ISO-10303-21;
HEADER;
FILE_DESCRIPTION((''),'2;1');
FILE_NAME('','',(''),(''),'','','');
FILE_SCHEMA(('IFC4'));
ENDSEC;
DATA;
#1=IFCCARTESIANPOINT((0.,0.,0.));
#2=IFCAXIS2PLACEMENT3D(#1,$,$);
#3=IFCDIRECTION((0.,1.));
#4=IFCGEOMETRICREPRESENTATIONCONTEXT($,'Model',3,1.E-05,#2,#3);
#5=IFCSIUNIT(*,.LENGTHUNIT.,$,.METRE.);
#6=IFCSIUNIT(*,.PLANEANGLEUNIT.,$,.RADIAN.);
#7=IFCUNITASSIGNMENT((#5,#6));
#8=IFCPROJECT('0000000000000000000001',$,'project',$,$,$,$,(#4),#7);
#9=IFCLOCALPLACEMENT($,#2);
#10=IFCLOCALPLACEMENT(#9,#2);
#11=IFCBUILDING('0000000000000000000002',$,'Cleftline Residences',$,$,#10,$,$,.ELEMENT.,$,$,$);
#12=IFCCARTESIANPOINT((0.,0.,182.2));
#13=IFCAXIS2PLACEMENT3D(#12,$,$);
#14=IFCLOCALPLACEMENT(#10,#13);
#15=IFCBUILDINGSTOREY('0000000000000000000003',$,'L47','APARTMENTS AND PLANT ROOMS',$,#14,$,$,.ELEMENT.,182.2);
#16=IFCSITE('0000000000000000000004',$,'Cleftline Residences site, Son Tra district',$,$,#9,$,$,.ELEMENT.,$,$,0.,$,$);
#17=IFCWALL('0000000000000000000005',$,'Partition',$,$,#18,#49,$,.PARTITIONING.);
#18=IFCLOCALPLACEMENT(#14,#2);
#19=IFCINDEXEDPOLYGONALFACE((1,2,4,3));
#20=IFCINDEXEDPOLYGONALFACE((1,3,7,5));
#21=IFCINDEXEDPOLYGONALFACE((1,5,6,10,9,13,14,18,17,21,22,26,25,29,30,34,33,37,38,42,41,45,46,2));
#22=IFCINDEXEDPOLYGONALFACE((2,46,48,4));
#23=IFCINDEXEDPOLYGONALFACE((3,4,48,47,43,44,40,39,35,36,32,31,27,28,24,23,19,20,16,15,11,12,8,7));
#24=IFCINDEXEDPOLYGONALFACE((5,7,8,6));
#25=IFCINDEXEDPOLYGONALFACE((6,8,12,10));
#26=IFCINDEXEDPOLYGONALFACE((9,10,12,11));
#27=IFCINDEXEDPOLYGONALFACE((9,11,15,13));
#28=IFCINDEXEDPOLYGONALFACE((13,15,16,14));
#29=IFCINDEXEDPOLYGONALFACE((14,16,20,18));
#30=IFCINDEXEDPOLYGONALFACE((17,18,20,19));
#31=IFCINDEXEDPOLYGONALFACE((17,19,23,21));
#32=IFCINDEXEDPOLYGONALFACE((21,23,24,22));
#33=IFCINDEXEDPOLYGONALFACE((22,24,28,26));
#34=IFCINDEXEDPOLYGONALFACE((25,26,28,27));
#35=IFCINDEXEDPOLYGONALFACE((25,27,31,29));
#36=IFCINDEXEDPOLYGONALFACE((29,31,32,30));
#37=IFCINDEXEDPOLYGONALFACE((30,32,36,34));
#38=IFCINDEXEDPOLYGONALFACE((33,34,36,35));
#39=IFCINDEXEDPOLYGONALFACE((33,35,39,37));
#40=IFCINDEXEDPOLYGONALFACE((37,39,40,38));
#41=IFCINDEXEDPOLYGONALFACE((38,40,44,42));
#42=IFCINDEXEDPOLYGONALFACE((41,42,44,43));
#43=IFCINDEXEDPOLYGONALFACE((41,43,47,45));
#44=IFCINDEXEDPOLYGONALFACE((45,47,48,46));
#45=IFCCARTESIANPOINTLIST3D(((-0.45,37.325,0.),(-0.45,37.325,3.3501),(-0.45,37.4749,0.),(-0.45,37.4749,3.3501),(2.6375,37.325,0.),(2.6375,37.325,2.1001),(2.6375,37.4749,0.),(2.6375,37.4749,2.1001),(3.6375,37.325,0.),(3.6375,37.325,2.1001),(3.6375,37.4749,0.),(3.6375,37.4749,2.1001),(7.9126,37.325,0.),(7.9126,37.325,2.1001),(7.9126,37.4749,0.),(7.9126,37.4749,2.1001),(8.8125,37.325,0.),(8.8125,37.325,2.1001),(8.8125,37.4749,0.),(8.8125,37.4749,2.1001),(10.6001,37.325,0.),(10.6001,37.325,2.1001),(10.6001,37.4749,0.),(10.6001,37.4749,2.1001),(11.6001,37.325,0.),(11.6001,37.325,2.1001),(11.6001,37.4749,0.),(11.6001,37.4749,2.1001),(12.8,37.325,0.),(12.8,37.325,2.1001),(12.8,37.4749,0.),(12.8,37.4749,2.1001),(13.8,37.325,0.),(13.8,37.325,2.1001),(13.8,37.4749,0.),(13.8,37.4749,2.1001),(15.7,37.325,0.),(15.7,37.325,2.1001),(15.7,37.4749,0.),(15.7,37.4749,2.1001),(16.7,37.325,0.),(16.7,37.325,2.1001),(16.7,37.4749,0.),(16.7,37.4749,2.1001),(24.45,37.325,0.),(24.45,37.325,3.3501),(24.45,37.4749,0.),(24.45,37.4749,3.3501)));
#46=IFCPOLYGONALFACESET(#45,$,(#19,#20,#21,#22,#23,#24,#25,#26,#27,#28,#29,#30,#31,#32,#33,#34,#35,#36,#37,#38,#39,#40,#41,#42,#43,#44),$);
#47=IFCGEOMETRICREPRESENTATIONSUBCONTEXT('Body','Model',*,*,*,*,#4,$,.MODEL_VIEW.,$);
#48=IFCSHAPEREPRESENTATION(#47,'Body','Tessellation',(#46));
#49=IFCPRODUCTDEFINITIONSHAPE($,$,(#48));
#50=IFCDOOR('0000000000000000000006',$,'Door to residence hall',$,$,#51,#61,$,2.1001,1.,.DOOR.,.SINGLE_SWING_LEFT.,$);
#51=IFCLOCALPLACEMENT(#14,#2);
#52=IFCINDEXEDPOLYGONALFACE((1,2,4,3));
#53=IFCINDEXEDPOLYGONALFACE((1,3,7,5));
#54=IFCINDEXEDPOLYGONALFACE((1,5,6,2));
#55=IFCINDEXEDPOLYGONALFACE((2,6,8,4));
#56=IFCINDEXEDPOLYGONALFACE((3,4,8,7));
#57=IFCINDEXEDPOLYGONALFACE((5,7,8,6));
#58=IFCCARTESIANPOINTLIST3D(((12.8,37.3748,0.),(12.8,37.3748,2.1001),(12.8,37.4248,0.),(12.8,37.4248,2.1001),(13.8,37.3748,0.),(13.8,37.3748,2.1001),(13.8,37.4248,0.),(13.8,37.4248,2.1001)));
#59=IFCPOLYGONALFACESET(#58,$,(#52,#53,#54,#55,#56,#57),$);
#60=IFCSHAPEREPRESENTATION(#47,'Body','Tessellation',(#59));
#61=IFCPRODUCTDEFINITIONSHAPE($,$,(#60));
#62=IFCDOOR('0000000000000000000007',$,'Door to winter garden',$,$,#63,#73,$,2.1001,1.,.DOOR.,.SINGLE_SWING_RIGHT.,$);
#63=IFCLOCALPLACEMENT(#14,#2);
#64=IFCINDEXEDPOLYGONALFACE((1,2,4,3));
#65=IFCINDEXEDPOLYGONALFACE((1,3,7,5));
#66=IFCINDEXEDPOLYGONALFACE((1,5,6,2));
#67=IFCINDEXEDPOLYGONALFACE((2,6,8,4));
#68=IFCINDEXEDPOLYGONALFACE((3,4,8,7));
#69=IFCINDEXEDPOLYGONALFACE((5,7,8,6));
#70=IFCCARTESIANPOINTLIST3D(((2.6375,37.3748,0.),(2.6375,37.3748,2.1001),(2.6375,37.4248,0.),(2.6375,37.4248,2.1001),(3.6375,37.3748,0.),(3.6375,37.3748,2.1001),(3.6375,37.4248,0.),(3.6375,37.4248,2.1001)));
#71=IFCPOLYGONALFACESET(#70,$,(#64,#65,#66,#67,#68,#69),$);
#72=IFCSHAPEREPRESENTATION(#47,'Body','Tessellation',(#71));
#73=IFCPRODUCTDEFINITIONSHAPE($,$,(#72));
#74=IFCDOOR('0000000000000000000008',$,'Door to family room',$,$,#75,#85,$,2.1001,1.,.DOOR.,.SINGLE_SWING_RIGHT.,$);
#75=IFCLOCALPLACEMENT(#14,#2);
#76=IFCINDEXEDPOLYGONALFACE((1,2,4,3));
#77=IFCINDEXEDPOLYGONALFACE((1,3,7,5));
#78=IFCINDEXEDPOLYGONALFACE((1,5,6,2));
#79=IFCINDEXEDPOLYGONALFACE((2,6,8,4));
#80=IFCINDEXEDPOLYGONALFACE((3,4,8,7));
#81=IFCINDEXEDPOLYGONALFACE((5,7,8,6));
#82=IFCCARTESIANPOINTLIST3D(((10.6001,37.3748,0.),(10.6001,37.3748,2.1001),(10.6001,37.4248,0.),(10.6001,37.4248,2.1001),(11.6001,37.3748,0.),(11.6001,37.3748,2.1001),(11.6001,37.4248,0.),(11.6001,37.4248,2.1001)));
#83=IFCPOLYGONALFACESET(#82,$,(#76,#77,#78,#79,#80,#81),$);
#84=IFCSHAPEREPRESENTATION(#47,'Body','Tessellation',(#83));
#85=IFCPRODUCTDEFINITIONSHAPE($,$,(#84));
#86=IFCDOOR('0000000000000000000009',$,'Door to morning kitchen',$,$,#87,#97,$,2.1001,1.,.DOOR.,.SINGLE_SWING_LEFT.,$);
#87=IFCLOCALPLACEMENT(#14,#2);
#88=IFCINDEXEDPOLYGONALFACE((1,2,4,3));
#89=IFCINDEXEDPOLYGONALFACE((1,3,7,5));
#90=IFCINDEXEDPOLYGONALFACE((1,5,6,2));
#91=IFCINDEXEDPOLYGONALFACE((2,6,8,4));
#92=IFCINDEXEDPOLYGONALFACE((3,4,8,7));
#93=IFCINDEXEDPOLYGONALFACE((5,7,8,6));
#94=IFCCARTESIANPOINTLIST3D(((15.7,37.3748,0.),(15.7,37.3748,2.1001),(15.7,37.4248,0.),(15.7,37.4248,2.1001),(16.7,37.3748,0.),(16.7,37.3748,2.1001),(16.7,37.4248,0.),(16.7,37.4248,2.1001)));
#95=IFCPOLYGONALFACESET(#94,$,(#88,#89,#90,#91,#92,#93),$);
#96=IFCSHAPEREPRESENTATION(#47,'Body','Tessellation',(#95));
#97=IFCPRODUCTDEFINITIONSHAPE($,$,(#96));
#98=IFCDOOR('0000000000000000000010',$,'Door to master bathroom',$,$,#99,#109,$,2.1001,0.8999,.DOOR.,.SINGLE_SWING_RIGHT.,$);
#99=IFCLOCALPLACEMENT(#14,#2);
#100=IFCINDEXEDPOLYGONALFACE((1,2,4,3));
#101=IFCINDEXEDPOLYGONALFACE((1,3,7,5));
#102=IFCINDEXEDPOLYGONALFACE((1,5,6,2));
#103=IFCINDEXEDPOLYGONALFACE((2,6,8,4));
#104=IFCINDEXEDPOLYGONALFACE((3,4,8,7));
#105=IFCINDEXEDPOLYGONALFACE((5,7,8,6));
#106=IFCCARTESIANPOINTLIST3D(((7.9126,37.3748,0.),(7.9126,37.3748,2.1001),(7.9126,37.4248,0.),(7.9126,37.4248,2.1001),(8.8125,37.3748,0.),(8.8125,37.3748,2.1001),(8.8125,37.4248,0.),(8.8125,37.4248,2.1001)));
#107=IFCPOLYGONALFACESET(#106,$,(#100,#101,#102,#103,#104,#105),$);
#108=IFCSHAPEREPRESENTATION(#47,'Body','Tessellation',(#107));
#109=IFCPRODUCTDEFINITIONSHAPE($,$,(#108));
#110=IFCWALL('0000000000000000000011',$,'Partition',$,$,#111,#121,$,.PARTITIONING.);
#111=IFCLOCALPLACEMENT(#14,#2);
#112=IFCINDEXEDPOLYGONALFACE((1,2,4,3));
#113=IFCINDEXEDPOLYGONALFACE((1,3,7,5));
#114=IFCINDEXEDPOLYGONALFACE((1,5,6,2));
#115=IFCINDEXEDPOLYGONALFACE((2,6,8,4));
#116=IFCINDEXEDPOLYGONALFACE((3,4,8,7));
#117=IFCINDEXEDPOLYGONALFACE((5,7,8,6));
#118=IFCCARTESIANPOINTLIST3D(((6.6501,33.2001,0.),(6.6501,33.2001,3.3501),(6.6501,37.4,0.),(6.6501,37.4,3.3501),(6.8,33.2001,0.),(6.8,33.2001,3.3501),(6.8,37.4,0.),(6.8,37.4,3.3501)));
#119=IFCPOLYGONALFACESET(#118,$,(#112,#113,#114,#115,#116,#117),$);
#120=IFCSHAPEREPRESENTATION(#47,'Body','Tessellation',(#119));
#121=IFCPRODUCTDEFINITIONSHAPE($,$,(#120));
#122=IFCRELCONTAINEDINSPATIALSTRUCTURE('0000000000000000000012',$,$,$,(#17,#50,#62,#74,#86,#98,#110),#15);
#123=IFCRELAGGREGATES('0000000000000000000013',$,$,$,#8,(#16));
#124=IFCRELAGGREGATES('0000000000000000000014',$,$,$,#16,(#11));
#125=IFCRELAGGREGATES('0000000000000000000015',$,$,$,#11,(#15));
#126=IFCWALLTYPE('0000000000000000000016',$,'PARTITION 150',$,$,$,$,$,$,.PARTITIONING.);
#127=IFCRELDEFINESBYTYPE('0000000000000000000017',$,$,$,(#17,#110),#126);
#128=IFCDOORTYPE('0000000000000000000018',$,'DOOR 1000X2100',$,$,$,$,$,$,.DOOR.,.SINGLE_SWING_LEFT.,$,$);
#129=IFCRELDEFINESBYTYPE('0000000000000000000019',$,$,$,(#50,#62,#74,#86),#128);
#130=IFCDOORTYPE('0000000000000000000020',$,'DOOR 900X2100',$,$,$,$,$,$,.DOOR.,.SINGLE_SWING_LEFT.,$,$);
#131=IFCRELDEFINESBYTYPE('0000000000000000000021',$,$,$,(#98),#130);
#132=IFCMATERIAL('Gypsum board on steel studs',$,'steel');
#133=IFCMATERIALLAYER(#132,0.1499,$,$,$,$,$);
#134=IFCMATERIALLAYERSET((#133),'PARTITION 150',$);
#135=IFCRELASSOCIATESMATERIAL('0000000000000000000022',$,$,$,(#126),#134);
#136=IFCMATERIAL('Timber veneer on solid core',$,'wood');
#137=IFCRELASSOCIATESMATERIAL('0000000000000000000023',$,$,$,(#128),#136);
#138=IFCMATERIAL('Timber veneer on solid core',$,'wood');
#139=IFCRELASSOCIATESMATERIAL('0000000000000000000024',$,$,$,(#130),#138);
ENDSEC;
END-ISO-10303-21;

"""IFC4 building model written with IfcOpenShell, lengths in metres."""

from ifc_helpers import new_model, si_unit, direction, frame, frame_2d, origin, place, context, subcontext, project, spatial, rectangle, extrude, material, layer, layer_set, type_object, element, fill, save


model = new_model("IFC4")

# Units and contexts
model_context = context("Model", 3, precision=1e-05, world=origin(), true_north=direction((0.0, 1.0)))
body_context = subcontext(model_context, "Body", "Model", "MODEL_VIEW")
ifc_project = project(units=[si_unit("LENGTHUNIT", "METRE"), si_unit("PLANEANGLEUNIT", "RADIAN")], contexts=[model_context])

# Site, building, storey
site_placement = place(None, origin())
site = spatial("IfcSite", under=ifc_project, at=site_placement, Name="Cleftline Residences site, Son Tra district", CompositionType="ELEMENT", RefElevation=0.0)
building_placement = place(site_placement, origin())
building = spatial("IfcBuilding", under=site, at=building_placement, Name="Cleftline Residences", CompositionType="ELEMENT")
storey_placement = place(building_placement, frame((0.0, 0.0, 182.2)))
storey = spatial("IfcBuildingStorey", under=building, at=storey_placement, Name="L47", Description="APARTMENTS AND PLANT ROOMS", CompositionType="ELEMENT", Elevation=182.2)

# Shared definitions
ifc_material_1 = material(Name="Gypsum board on steel studs", Category="steel")
ifc_layer = layer(ifc_material_1, 0.1499)
ifc_layer_set = layer_set([ifc_layer], Name="PARTITION 150")
wall_type = type_object("IfcWallType", Name="PARTITION 150", PredefinedType="PARTITIONING", material=ifc_layer_set)

# Wall, openings, doors
wall_1_placement = place(storey_placement, frame((-0.45, 37.3999, 0.0), z_axis=(0.0, 0.0, 1.0), x_axis=(1.0, 0.0, 0.0)))
wall_1 = element("IfcWall", 1, at=wall_1_placement, inside=storey, type_object=wall_type, Name="Partition", PredefinedType="PARTITIONING", context=body_context, shape_type="SweptSolid", body=[
    extrude(rectangle(XDim=24.8999, YDim=0.1499, at=frame_2d((12.45, 0.0))), origin(), (0.0, 0.0, 1.0), 3.3501),
])
opening_1_placement = place(wall_1_placement, frame((13.25, 0.0, 0.0)))
opening_1 = element("IfcOpeningElement", 2, at=opening_1_placement, cuts=wall_1, PredefinedType="OPENING", context=body_context, shape_type="SweptSolid", body=[
    extrude(rectangle(XDim=1.0, YDim=2.1001, at=frame_2d((0.5, 1.05))), frame((0.0, 0.085, 0.0), z_axis=(0.0, -1.0, 0.0), x_axis=(1.0, 0.0, 0.0)), (0.0, 0.0, 1.0), 0.1699),
])
opening_2_placement = place(wall_1_placement, frame((3.0874, 0.0, 0.0)))
opening_2 = element("IfcOpeningElement", 3, at=opening_2_placement, cuts=wall_1, PredefinedType="OPENING", context=body_context, shape_type="SweptSolid", body=[
    extrude(rectangle(XDim=1.0, YDim=2.1001, at=frame_2d((0.5, 1.05))), frame((0.0, 0.085, 0.0), z_axis=(0.0, -1.0, 0.0), x_axis=(1.0, 0.0, 0.0)), (0.0, 0.0, 1.0), 0.1699),
])
opening_3_placement = place(wall_1_placement, frame((8.3625, 0.0, 0.0)))
opening_3 = element("IfcOpeningElement", 4, at=opening_3_placement, cuts=wall_1, PredefinedType="OPENING", context=body_context, shape_type="SweptSolid", body=[
    extrude(rectangle(XDim=0.8999, YDim=2.1001, at=frame_2d((0.45, 1.05))), frame((0.0, 0.085, 0.0), z_axis=(0.0, -1.0, 0.0), x_axis=(1.0, 0.0, 0.0)), (0.0, 0.0, 1.0), 0.1699),
])
opening_4_placement = place(wall_1_placement, frame((11.05, 0.0, 0.0)))
opening_4 = element("IfcOpeningElement", 5, at=opening_4_placement, cuts=wall_1, PredefinedType="OPENING", context=body_context, shape_type="SweptSolid", body=[
    extrude(rectangle(XDim=1.0, YDim=2.1001, at=frame_2d((0.5, 1.05))), frame((0.0, 0.085, 0.0), z_axis=(0.0, -1.0, 0.0), x_axis=(1.0, 0.0, 0.0)), (0.0, 0.0, 1.0), 0.1699),
])
opening_5_placement = place(wall_1_placement, frame((16.1499, 0.0, 0.0)))
opening_5 = element("IfcOpeningElement", 6, at=opening_5_placement, cuts=wall_1, PredefinedType="OPENING", context=body_context, shape_type="SweptSolid", body=[
    extrude(rectangle(XDim=1.0, YDim=2.1001, at=frame_2d((0.5, 1.05))), frame((0.0, 0.085, 0.0), z_axis=(0.0, -1.0, 0.0), x_axis=(1.0, 0.0, 0.0)), (0.0, 0.0, 1.0), 0.1699),
])
ifc_material_2 = material(Name="Timber veneer on solid core", Category="wood")
door_type_1 = type_object("IfcDoorType", Name="DOOR 1000X2100", OperationType="SINGLE_SWING_LEFT", PredefinedType="DOOR", material=ifc_material_2)
door_1_placement = place(opening_1_placement, origin())
door_1 = element("IfcDoor", 7, at=door_1_placement, inside=storey, type_object=door_type_1, Name="Door to residence hall", OperationType="SINGLE_SWING_LEFT", OverallHeight=2.1001, OverallWidth=1.0, PredefinedType="DOOR", context=body_context, shape_type="SweptSolid", body=[
    extrude(rectangle(XDim=1.0, YDim=2.1001, at=frame_2d((0.5, 1.05))), frame((0.0, 0.0249, 0.0), z_axis=(0.0, -1.0, 0.0), x_axis=(1.0, 0.0, 0.0)), (0.0, 0.0, 1.0), 0.05),
])
fill(opening_1, door_1)
door_2_placement = place(opening_2_placement, origin())
door_2 = element("IfcDoor", 8, at=door_2_placement, inside=storey, type_object=door_type_1, Name="Door to winter garden", OperationType="SINGLE_SWING_RIGHT", OverallHeight=2.1001, OverallWidth=1.0, PredefinedType="DOOR", context=body_context, shape_type="SweptSolid", body=[
    extrude(rectangle(XDim=1.0, YDim=2.1001, at=frame_2d((0.5, 1.05))), frame((0.0, 0.0249, 0.0), z_axis=(0.0, -1.0, 0.0), x_axis=(1.0, 0.0, 0.0)), (0.0, 0.0, 1.0), 0.05),
])
fill(opening_2, door_2)
door_3_placement = place(opening_4_placement, origin())
door_3 = element("IfcDoor", 9, at=door_3_placement, inside=storey, type_object=door_type_1, Name="Door to family room", OperationType="SINGLE_SWING_RIGHT", OverallHeight=2.1001, OverallWidth=1.0, PredefinedType="DOOR", context=body_context, shape_type="SweptSolid", body=[
    extrude(rectangle(XDim=1.0, YDim=2.1001, at=frame_2d((0.5, 1.05))), frame((0.0, 0.0249, 0.0), z_axis=(0.0, -1.0, 0.0), x_axis=(1.0, 0.0, 0.0)), (0.0, 0.0, 1.0), 0.05),
])
fill(opening_4, door_3)
door_4_placement = place(opening_5_placement, origin())
door_4 = element("IfcDoor", 10, at=door_4_placement, inside=storey, type_object=door_type_1, Name="Door to morning kitchen", OperationType="SINGLE_SWING_LEFT", OverallHeight=2.1001, OverallWidth=1.0, PredefinedType="DOOR", context=body_context, shape_type="SweptSolid", body=[
    extrude(rectangle(XDim=1.0, YDim=2.1001, at=frame_2d((0.5, 1.05))), frame((0.0, 0.0249, 0.0), z_axis=(0.0, -1.0, 0.0), x_axis=(1.0, 0.0, 0.0)), (0.0, 0.0, 1.0), 0.05),
])
fill(opening_5, door_4)
ifc_material_3 = material(Name="Timber veneer on solid core", Category="wood")
door_type_2 = type_object("IfcDoorType", Name="DOOR 900X2100", OperationType="SINGLE_SWING_LEFT", PredefinedType="DOOR", material=ifc_material_3)
door_5_placement = place(opening_3_placement, origin())
door_5 = element("IfcDoor", 11, at=door_5_placement, inside=storey, type_object=door_type_2, Name="Door to master bathroom", OperationType="SINGLE_SWING_RIGHT", OverallHeight=2.1001, OverallWidth=0.8999, PredefinedType="DOOR", context=body_context, shape_type="SweptSolid", body=[
    extrude(rectangle(XDim=0.8999, YDim=2.1001, at=frame_2d((0.45, 1.05))), frame((0.0, 0.0249, 0.0), z_axis=(0.0, -1.0, 0.0), x_axis=(1.0, 0.0, 0.0)), (0.0, 0.0, 1.0), 0.05),
])
fill(opening_3, door_5)

# Wall
wall_2_placement = place(storey_placement, frame((6.7251, 33.2, 0.0), z_axis=(0.0, 0.0, 1.0), x_axis=(0.0, 1.0, 0.0)))
element("IfcWall", 12, at=wall_2_placement, inside=storey, type_object=wall_type, Name="Partition", PredefinedType="PARTITIONING", context=body_context, shape_type="SweptSolid", body=[
    extrude(rectangle(XDim=4.2, YDim=0.1499, at=frame_2d((2.1001, 0.0))), origin(), (0.0, 0.0, 1.0), 3.3501),
])

save(model, "model.ifc")
